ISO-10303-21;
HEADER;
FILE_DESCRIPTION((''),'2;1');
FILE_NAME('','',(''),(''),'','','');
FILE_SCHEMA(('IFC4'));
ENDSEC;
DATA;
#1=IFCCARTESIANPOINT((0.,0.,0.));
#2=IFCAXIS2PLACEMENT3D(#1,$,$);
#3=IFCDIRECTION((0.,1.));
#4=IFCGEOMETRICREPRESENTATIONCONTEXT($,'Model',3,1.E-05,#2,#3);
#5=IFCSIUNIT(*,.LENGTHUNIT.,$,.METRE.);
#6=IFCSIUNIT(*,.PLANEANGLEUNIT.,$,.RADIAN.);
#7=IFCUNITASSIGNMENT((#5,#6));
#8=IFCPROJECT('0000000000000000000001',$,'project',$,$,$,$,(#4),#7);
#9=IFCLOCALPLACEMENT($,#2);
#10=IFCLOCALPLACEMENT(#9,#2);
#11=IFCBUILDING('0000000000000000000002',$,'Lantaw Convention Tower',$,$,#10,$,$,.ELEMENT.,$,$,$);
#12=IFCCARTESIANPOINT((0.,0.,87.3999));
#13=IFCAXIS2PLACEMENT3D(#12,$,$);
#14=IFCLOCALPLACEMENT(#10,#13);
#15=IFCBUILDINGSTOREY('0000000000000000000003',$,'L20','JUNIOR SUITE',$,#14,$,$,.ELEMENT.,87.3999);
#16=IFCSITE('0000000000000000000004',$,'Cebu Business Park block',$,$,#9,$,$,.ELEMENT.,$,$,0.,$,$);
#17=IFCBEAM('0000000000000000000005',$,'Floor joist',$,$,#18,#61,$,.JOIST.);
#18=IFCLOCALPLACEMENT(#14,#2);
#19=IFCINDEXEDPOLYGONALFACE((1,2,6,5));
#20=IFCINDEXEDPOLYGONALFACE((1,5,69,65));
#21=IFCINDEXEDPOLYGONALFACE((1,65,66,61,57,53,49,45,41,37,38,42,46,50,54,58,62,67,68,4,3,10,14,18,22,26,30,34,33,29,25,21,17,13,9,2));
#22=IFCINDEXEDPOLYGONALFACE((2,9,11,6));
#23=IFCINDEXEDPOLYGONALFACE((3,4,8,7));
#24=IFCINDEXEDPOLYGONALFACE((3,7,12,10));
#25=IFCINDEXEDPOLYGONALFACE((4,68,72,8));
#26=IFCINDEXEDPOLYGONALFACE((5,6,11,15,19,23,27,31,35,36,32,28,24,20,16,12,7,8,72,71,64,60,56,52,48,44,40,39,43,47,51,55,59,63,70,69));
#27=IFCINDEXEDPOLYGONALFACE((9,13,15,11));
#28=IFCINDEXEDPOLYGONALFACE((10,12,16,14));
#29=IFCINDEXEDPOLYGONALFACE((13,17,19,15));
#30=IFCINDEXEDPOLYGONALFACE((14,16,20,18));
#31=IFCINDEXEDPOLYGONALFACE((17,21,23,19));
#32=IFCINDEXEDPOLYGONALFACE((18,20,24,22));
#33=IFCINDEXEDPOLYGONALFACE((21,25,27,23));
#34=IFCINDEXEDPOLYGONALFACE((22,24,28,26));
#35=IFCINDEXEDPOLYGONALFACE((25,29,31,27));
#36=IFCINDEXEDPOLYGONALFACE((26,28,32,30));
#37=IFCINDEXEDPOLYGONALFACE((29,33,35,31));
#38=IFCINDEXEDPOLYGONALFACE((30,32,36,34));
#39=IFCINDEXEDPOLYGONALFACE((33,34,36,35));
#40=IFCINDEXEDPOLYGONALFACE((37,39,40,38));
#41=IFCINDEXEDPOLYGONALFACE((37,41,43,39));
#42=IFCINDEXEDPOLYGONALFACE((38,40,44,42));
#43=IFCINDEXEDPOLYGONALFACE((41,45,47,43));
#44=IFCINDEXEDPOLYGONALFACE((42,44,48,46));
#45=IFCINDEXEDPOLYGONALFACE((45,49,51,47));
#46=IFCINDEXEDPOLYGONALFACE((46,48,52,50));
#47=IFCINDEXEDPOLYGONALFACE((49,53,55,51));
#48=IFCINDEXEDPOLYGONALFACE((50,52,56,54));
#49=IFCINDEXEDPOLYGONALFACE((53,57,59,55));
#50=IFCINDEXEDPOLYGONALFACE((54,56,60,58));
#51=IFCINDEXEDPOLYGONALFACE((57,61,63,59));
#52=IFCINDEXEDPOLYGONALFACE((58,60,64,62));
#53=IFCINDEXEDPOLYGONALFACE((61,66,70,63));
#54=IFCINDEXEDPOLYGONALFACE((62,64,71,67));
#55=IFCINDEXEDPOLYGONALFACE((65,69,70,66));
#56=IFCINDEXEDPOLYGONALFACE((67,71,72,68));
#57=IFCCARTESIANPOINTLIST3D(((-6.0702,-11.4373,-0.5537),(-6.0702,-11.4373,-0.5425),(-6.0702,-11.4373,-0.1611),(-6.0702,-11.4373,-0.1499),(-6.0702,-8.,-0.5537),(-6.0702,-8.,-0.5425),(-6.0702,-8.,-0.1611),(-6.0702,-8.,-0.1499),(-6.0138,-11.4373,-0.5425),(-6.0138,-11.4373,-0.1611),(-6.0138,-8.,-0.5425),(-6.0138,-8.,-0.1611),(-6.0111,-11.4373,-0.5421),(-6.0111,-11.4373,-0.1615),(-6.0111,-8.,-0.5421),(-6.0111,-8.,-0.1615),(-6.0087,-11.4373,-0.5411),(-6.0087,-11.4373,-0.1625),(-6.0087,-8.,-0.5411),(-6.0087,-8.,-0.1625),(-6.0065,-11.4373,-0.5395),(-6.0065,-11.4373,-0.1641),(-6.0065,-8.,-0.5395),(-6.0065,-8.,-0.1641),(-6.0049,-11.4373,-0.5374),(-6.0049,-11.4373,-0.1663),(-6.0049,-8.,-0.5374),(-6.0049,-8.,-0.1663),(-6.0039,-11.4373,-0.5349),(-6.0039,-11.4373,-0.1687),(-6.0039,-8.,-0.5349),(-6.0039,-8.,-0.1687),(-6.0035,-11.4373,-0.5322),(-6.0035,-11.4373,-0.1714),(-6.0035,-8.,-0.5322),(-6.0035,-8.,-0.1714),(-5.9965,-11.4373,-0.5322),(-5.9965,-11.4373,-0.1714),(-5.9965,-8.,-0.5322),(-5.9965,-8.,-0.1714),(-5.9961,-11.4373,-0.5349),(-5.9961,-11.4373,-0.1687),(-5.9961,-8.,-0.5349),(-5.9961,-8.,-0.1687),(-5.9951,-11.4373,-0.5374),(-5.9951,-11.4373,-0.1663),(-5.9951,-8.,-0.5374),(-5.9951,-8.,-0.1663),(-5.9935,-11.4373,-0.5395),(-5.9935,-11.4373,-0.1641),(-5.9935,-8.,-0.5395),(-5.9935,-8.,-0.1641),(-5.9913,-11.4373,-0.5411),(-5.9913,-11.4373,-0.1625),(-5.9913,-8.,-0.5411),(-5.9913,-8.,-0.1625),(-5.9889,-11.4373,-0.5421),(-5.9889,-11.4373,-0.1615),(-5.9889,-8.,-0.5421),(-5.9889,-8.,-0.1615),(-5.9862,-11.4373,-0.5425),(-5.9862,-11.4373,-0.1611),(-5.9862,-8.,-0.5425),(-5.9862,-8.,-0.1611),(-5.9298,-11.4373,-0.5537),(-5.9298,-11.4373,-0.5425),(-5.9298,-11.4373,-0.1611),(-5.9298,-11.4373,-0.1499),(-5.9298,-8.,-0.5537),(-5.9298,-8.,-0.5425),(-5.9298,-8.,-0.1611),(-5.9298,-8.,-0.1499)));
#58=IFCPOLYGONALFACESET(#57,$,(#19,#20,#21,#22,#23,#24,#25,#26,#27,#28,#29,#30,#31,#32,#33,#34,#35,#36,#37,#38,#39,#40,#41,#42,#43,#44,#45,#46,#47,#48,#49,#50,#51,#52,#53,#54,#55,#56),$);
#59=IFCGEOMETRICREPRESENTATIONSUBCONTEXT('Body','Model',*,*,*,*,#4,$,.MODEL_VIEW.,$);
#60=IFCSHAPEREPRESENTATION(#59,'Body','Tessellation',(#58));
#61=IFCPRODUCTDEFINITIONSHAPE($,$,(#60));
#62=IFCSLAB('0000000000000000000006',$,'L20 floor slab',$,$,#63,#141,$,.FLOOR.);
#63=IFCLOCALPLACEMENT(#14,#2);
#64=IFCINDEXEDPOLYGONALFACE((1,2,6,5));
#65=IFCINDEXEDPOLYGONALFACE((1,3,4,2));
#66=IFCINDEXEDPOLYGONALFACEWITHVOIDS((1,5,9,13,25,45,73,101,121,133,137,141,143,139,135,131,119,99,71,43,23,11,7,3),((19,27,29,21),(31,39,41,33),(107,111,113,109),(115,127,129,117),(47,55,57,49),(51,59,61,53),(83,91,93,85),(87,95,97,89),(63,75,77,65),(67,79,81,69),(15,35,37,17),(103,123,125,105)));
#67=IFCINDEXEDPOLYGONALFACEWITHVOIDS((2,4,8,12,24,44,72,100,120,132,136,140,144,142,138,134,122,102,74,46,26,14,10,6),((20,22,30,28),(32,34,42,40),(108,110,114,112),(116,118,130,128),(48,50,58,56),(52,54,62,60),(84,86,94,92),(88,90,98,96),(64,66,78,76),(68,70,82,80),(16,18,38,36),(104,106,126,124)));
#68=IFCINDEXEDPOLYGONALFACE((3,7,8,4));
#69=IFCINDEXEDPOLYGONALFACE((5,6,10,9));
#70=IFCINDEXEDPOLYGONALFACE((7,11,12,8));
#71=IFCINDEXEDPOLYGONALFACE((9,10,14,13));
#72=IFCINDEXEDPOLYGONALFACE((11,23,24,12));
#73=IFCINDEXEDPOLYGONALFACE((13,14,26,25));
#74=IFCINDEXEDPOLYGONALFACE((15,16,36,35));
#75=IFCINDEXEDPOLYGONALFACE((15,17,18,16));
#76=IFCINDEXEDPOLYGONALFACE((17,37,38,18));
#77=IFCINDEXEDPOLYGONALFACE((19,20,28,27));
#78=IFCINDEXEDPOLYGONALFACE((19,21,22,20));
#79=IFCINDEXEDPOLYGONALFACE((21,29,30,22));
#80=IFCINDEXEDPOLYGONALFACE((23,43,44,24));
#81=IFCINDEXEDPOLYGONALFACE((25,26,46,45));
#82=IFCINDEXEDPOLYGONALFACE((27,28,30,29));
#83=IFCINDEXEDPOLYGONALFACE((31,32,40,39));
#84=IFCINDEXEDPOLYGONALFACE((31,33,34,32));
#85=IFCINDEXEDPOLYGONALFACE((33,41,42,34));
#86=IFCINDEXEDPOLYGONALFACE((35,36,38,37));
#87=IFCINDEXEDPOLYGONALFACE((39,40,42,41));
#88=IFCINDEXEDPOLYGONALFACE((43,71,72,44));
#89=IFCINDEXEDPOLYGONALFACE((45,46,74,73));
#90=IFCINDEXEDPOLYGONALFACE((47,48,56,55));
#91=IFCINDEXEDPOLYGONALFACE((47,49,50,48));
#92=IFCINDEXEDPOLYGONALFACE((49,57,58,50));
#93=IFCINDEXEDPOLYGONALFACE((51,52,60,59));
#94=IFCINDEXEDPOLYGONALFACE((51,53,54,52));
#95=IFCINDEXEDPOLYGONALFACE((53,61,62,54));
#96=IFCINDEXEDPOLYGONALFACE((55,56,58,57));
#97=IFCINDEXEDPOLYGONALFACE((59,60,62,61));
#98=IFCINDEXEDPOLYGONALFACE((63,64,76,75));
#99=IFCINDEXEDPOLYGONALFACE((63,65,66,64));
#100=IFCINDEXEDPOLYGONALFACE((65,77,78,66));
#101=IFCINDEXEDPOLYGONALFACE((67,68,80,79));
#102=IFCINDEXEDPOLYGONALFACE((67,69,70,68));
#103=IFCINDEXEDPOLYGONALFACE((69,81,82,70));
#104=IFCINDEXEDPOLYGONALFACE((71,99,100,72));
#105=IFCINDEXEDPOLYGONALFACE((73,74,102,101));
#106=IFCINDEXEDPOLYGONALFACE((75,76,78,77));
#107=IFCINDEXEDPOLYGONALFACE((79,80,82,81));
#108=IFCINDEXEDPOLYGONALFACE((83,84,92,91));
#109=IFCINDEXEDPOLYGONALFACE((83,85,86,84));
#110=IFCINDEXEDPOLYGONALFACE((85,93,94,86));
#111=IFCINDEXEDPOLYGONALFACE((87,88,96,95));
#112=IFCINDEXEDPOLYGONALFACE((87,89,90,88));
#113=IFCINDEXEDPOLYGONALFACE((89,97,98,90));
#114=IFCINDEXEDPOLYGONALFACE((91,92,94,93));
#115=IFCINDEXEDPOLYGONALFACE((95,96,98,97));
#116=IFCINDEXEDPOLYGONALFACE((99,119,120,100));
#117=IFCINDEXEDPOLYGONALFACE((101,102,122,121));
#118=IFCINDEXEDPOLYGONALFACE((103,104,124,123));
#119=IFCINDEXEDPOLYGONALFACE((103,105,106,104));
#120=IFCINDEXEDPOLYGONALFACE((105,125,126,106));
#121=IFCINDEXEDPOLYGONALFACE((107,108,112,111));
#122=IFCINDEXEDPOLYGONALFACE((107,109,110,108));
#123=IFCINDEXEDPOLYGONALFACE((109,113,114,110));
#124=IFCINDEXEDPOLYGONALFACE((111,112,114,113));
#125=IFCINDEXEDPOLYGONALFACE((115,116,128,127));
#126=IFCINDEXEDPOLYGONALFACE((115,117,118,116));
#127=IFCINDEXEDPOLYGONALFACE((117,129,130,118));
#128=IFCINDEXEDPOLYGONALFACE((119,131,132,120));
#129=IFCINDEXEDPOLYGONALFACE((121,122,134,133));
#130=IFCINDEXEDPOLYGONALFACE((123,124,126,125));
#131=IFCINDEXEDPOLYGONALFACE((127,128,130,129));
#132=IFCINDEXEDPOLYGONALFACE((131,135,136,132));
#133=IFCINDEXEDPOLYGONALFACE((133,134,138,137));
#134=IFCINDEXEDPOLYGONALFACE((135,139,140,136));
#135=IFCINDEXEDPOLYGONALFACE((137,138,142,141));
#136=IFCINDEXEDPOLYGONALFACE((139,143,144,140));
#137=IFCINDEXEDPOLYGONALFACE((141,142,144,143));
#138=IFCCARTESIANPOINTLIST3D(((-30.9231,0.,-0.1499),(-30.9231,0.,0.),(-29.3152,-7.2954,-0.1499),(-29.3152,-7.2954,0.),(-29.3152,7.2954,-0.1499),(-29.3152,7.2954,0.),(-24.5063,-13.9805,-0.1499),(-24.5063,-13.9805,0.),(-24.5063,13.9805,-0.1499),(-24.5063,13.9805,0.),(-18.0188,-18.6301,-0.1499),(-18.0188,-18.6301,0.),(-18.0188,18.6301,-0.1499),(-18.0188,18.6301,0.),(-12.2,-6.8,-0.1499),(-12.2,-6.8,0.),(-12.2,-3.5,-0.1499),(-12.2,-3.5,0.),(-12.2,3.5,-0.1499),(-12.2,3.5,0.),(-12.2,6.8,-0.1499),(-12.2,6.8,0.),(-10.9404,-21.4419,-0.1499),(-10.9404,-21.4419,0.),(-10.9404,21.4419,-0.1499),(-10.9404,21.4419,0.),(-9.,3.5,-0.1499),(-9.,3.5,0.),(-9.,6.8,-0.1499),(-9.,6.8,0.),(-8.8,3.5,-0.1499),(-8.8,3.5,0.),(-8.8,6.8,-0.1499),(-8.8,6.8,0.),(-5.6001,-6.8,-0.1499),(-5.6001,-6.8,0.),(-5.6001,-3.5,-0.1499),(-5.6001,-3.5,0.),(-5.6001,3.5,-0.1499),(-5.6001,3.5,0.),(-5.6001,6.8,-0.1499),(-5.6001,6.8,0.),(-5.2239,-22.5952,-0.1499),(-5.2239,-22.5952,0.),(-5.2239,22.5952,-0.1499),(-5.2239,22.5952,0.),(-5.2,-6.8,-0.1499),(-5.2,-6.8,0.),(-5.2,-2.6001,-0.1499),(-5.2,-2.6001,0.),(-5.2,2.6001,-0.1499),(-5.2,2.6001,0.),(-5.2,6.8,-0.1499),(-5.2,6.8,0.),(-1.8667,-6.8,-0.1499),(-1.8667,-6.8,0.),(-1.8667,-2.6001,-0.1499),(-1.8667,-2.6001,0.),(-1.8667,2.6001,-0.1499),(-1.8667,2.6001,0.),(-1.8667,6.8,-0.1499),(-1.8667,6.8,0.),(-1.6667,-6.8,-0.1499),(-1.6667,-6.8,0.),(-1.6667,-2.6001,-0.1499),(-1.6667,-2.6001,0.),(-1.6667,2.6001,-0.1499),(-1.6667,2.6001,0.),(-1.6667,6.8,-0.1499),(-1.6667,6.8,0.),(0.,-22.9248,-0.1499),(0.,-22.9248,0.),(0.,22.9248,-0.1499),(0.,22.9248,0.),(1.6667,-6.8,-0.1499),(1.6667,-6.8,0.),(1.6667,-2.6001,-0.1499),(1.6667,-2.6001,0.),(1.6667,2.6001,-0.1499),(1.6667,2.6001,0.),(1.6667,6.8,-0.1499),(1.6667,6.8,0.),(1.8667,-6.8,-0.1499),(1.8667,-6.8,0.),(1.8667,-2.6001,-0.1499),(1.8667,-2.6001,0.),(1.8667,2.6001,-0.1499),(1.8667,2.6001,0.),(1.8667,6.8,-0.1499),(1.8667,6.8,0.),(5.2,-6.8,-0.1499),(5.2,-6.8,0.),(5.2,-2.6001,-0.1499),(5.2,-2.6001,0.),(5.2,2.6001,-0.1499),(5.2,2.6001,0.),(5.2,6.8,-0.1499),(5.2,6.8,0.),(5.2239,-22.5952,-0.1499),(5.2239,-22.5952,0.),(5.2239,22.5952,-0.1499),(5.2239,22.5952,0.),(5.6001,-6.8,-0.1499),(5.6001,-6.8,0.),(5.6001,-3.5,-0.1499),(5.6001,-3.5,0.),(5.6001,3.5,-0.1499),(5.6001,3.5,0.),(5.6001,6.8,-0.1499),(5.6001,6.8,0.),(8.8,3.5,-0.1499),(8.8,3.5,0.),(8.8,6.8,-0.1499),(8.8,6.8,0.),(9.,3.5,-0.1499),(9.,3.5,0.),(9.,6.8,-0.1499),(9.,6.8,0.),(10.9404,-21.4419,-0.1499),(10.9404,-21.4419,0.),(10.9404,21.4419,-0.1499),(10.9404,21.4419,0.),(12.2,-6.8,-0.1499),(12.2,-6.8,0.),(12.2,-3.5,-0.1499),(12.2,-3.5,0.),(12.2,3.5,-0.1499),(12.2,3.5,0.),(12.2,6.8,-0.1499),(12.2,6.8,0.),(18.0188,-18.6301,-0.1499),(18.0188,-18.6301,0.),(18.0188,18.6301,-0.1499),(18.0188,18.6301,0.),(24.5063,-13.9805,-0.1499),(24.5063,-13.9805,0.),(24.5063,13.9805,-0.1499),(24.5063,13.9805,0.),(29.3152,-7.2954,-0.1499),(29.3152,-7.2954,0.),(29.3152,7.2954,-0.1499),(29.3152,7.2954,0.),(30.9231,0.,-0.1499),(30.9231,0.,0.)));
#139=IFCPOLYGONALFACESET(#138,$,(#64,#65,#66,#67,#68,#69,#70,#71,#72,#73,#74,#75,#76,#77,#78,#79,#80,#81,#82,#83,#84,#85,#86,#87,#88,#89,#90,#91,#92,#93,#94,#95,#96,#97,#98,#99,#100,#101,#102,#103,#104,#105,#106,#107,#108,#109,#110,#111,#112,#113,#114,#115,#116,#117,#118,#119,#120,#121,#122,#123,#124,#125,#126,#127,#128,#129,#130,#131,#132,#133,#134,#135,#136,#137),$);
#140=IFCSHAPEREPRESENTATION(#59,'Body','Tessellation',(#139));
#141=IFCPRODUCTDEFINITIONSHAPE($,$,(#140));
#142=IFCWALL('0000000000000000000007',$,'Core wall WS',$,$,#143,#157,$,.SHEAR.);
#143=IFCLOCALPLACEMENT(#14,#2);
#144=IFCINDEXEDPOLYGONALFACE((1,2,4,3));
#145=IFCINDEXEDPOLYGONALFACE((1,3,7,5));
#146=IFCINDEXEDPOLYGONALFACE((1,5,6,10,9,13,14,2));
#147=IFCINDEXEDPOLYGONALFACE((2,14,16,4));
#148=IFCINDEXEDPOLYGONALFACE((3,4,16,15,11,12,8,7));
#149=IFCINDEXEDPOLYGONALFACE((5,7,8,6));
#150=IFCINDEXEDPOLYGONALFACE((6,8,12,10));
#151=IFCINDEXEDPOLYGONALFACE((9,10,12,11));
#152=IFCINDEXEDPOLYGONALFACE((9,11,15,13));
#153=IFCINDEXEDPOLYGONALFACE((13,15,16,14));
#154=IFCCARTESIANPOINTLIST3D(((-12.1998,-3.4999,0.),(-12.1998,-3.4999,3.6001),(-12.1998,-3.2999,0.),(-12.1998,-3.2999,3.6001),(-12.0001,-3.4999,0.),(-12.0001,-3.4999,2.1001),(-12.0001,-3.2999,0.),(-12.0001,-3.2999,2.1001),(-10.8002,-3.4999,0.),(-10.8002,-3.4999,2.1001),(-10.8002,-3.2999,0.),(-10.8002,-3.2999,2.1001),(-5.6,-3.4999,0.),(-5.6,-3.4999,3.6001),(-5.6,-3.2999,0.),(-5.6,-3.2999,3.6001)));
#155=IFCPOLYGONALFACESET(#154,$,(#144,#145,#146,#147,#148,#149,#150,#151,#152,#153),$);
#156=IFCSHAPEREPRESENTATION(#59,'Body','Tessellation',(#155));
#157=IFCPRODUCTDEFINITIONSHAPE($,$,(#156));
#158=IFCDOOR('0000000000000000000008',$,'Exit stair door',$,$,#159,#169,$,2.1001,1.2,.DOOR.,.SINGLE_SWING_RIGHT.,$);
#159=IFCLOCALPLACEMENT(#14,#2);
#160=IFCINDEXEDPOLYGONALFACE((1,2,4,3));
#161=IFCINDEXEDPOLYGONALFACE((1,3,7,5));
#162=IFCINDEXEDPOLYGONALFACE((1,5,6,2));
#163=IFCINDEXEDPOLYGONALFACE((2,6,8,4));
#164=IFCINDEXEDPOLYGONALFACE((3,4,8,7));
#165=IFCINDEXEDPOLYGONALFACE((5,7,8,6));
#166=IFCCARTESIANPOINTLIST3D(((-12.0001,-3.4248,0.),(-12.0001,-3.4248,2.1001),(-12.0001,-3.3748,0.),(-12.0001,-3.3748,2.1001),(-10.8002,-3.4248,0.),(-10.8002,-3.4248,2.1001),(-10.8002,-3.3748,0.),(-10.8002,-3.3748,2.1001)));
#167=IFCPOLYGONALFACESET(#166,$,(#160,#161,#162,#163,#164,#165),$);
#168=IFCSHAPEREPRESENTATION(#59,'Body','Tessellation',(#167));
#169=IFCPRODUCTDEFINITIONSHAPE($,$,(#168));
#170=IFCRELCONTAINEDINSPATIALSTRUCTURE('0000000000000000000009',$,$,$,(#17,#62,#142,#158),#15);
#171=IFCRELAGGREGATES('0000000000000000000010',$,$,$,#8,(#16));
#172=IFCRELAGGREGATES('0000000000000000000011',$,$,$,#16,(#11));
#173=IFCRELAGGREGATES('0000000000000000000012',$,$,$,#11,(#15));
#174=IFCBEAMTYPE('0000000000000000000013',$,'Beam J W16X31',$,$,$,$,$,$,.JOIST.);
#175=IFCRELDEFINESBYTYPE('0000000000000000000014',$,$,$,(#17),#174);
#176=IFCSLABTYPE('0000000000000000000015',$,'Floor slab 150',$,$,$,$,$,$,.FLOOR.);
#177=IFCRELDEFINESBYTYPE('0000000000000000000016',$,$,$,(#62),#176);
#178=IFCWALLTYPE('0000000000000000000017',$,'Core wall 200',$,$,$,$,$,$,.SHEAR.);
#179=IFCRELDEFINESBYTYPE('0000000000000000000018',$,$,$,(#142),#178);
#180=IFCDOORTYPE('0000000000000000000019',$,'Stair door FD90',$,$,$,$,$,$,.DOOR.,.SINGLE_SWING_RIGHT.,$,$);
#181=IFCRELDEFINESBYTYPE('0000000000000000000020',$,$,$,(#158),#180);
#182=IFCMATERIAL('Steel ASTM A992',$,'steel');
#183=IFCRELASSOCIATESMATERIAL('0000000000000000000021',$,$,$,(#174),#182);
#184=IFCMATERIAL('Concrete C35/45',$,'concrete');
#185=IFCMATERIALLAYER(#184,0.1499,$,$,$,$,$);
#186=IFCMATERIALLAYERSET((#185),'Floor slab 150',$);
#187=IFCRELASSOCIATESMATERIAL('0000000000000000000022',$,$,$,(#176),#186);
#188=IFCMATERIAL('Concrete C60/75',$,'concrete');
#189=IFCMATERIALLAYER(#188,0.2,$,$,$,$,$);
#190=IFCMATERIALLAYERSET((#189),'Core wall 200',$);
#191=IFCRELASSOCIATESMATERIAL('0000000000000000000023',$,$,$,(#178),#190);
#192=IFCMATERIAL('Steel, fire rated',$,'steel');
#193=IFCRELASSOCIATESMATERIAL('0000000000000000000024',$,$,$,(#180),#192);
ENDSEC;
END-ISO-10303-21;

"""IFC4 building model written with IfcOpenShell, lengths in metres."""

from ifc_helpers import new_model, si_unit, direction, frame, frame_2d, origin, origin_2d, place, context, subcontext, project, spatial, polyline, rectangle, i_section, outline, extrude, material, layer, layer_set, material_profile, profile_set, type_object, element, fill, save


model = new_model("IFC4")

# Units and contexts
model_context = context("Model", 3, precision=1e-05, world=origin(), true_north=direction((0.0, 1.0)))
body_context = subcontext(model_context, "Body", "Model", "MODEL_VIEW")
ifc_project = project(units=[si_unit("LENGTHUNIT", "METRE"), si_unit("PLANEANGLEUNIT", "RADIAN")], contexts=[model_context])

# Site, building, storey
site_placement = place(None, origin())
site = spatial("IfcSite", under=ifc_project, at=site_placement, Name="Cebu Business Park block", CompositionType="ELEMENT", RefElevation=0.0)
building_placement = place(site_placement, origin())
building = spatial("IfcBuilding", under=site, at=building_placement, Name="Lantaw Convention Tower", CompositionType="ELEMENT")
storey_placement = place(building_placement, frame((0.0, 0.0, 87.3999)))
storey = spatial("IfcBuildingStorey", under=building, at=storey_placement, Name="L20", Description="JUNIOR SUITE", CompositionType="ELEMENT", Elevation=87.3999)

# Beam
ifc_material_1 = material(Name="Steel ASTM A992", Category="steel")
ifc_material_profile_1 = material_profile(ifc_material_1, i_section(OverallWidth=0.1404, OverallDepth=0.4038, WebThickness=0.0071, FlangeThickness=0.0112, FilletRadius=0.0103, at=origin_2d()), Name="W16X31")
ifc_profile_set_1 = profile_set([ifc_material_profile_1], Name="Steel ASTM A992")
beam_type_1 = type_object("IfcBeamType", Name="Beam J W16X31", PredefinedType="JOIST", material=ifc_profile_set_1)
beam_1_placement = place(storey_placement, frame((-6.0, -11.4373, -0.3518), z_axis=(0.0, 1.0, 0.0), x_axis=(-1.0, 0.0, 0.0)))
element("IfcBeam", 1, at=beam_1_placement, inside=storey, type_object=beam_type_1, Name="Floor joist", PredefinedType="JOIST", context=body_context, shape_type="SweptSolid", body=[
    extrude(i_section(OverallWidth=0.1404, OverallDepth=0.4038, WebThickness=0.0071, FlangeThickness=0.0112, FilletRadius=0.0103, at=origin_2d()), origin(), (0.0, 0.0, 1.0), 3.4373),
])

# Slab
ifc_material_2 = material(Name="Concrete C35/45", Category="concrete")
ifc_layer_1 = layer(ifc_material_2, 0.1499)
ifc_layer_set_1 = layer_set([ifc_layer_1], Name="Floor slab 150")
slab_type = type_object("IfcSlabType", Name="Floor slab 150", PredefinedType="FLOOR", material=ifc_layer_set_1)
slab_placement = place(storey_placement, frame((0.0, 0.0, -0.1499)))
element("IfcSlab", 2, at=slab_placement, inside=storey, type_object=slab_type, Name="L20 floor slab", PredefinedType="FLOOR", context=body_context, shape_type="SweptSolid", body=[
    extrude(outline(polyline([(29.3152, -7.2954), (30.9231, 0.0), (29.3152, 7.2954), (24.5063, 13.9805), (18.0188, 18.6301), (10.9404, 21.4419), (5.2239, 22.5952), (0.0, 22.9248), (-5.2239, 22.5952), (-10.9404, 21.4419), (-18.0188, 18.6301), (-24.5063, 13.9805), (-29.3152, 7.2954), (-30.9231, 0.0), (-29.3152, -7.2954), (-24.5063, -13.9805), (-18.0188, -18.6301), (-10.9404, -21.4419), (-5.2239, -22.5952), (0.0, -22.9248), (5.2239, -22.5952), (10.9404, -21.4419), (18.0188, -18.6301), (24.5063, -13.9805), (29.3152, -7.2954)]), holes=[polyline([(-5.6001, -3.5), (-12.2, -3.5), (-12.2, -6.8), (-5.6001, -6.8), (-5.6001, -3.5)]), polyline([(-1.8667, -6.8), (-1.8667, -2.6001), (-5.2, -2.6001), (-5.2, -6.8), (-1.8667, -6.8)]), polyline([(-1.8667, 2.6001), (-1.8667, 6.8), (-5.2, 6.8), (-5.2, 2.6001), (-1.8667, 2.6001)]), polyline([(1.6667, 6.8), (-1.6667, 6.8), (-1.6667, 2.6001), (1.6667, 2.6001), (1.6667, 6.8)]), polyline([(-9.0, 3.5), (-9.0, 6.8), (-12.2, 6.8), (-12.2, 3.5), (-9.0, 3.5)]), polyline([(-5.6001, 3.5), (-5.6001, 6.8), (-8.8, 6.8), (-8.8, 3.5), (-5.6001, 3.5)]), polyline([(12.2, -3.5), (5.6001, -3.5), (5.6001, -6.8), (12.2, -6.8), (12.2, -3.5)]), polyline([(1.6667, -6.8), (1.6667, -2.6001), (-1.6667, -2.6001), (-1.6667, -6.8), (1.6667, -6.8)]), polyline([(5.2, -6.8), (5.2, -2.6001), (1.8667, -2.6001), (1.8667, -6.8), (5.2, -6.8)]), polyline([(5.2, 6.8), (1.8667, 6.8), (1.8667, 2.6001), (5.2, 2.6001), (5.2, 6.8)]), polyline([(8.8, 3.5), (8.8, 6.8), (5.6001, 6.8), (5.6001, 3.5), (8.8, 3.5)]), polyline([(12.2, 3.5), (12.2, 6.8), (9.0, 6.8), (9.0, 3.5), (12.2, 3.5)])]), origin(), (0.0, 0.0, 1.0), 0.1499),
])

# Wall, opening, door
ifc_material_3 = material(Name="Concrete C60/75", Category="concrete")
ifc_layer_2 = layer(ifc_material_3, 0.2)
ifc_layer_set_2 = layer_set([ifc_layer_2], Name="Core wall 200")
wall_type_1 = type_object("IfcWallType", Name="Core wall 200", PredefinedType="SHEAR", material=ifc_layer_set_2)
wall_1_placement = place(storey_placement, frame((-5.6001, -3.3999, 0.0), z_axis=(0.0, 0.0, 1.0), x_axis=(-1.0, 0.0, 0.0)))
wall_1 = element("IfcWall", 3, at=wall_1_placement, inside=storey, type_object=wall_type_1, Name="Core wall WS", PredefinedType="SHEAR", context=body_context, shape_type="SweptSolid", body=[
    extrude(rectangle(XDim=6.5999, YDim=0.2, at=frame_2d((3.2998, 0.0))), origin(), (0.0, 0.0, 1.0), 3.6001),
])
opening_1_placement = place(wall_1_placement, frame((5.2, 0.0, 0.0)))
opening_1 = element("IfcOpeningElement", 4, at=opening_1_placement, cuts=wall_1, PredefinedType="OPENING", context=body_context, shape_type="SweptSolid", body=[
    extrude(rectangle(XDim=1.2, YDim=2.1001, at=frame_2d((0.6001, 1.05))), frame((0.0, 0.1099, 0.0), z_axis=(0.0, -1.0, 0.0), x_axis=(1.0, 0.0, 0.0)), (0.0, 0.0, 1.0), 0.22),
])
ifc_material_4 = material(Name="Steel, fire rated", Category="steel")
door_type_1 = type_object("IfcDoorType", Name="Stair door FD90", OperationType="SINGLE_SWING_RIGHT", PredefinedType="DOOR", material=ifc_material_4)
door_1_placement = place(opening_1_placement, origin())
door_1 = element("IfcDoor", 5, at=door_1_placement, inside=storey, type_object=door_type_1, Name="Exit stair door", OperationType="SINGLE_SWING_RIGHT", OverallHeight=2.1001, OverallWidth=1.2, PredefinedType="DOOR", context=body_context, shape_type="SweptSolid", body=[
    extrude(rectangle(XDim=1.2, YDim=2.1001, at=frame_2d((0.6001, 1.05))), frame((0.0, 0.0249, 0.0), z_axis=(0.0, -1.0, 0.0), x_axis=(1.0, 0.0, 0.0)), (0.0, 0.0, 1.0), 0.05),
])
fill(opening_1, door_1)

save(model, "model.ifc")
